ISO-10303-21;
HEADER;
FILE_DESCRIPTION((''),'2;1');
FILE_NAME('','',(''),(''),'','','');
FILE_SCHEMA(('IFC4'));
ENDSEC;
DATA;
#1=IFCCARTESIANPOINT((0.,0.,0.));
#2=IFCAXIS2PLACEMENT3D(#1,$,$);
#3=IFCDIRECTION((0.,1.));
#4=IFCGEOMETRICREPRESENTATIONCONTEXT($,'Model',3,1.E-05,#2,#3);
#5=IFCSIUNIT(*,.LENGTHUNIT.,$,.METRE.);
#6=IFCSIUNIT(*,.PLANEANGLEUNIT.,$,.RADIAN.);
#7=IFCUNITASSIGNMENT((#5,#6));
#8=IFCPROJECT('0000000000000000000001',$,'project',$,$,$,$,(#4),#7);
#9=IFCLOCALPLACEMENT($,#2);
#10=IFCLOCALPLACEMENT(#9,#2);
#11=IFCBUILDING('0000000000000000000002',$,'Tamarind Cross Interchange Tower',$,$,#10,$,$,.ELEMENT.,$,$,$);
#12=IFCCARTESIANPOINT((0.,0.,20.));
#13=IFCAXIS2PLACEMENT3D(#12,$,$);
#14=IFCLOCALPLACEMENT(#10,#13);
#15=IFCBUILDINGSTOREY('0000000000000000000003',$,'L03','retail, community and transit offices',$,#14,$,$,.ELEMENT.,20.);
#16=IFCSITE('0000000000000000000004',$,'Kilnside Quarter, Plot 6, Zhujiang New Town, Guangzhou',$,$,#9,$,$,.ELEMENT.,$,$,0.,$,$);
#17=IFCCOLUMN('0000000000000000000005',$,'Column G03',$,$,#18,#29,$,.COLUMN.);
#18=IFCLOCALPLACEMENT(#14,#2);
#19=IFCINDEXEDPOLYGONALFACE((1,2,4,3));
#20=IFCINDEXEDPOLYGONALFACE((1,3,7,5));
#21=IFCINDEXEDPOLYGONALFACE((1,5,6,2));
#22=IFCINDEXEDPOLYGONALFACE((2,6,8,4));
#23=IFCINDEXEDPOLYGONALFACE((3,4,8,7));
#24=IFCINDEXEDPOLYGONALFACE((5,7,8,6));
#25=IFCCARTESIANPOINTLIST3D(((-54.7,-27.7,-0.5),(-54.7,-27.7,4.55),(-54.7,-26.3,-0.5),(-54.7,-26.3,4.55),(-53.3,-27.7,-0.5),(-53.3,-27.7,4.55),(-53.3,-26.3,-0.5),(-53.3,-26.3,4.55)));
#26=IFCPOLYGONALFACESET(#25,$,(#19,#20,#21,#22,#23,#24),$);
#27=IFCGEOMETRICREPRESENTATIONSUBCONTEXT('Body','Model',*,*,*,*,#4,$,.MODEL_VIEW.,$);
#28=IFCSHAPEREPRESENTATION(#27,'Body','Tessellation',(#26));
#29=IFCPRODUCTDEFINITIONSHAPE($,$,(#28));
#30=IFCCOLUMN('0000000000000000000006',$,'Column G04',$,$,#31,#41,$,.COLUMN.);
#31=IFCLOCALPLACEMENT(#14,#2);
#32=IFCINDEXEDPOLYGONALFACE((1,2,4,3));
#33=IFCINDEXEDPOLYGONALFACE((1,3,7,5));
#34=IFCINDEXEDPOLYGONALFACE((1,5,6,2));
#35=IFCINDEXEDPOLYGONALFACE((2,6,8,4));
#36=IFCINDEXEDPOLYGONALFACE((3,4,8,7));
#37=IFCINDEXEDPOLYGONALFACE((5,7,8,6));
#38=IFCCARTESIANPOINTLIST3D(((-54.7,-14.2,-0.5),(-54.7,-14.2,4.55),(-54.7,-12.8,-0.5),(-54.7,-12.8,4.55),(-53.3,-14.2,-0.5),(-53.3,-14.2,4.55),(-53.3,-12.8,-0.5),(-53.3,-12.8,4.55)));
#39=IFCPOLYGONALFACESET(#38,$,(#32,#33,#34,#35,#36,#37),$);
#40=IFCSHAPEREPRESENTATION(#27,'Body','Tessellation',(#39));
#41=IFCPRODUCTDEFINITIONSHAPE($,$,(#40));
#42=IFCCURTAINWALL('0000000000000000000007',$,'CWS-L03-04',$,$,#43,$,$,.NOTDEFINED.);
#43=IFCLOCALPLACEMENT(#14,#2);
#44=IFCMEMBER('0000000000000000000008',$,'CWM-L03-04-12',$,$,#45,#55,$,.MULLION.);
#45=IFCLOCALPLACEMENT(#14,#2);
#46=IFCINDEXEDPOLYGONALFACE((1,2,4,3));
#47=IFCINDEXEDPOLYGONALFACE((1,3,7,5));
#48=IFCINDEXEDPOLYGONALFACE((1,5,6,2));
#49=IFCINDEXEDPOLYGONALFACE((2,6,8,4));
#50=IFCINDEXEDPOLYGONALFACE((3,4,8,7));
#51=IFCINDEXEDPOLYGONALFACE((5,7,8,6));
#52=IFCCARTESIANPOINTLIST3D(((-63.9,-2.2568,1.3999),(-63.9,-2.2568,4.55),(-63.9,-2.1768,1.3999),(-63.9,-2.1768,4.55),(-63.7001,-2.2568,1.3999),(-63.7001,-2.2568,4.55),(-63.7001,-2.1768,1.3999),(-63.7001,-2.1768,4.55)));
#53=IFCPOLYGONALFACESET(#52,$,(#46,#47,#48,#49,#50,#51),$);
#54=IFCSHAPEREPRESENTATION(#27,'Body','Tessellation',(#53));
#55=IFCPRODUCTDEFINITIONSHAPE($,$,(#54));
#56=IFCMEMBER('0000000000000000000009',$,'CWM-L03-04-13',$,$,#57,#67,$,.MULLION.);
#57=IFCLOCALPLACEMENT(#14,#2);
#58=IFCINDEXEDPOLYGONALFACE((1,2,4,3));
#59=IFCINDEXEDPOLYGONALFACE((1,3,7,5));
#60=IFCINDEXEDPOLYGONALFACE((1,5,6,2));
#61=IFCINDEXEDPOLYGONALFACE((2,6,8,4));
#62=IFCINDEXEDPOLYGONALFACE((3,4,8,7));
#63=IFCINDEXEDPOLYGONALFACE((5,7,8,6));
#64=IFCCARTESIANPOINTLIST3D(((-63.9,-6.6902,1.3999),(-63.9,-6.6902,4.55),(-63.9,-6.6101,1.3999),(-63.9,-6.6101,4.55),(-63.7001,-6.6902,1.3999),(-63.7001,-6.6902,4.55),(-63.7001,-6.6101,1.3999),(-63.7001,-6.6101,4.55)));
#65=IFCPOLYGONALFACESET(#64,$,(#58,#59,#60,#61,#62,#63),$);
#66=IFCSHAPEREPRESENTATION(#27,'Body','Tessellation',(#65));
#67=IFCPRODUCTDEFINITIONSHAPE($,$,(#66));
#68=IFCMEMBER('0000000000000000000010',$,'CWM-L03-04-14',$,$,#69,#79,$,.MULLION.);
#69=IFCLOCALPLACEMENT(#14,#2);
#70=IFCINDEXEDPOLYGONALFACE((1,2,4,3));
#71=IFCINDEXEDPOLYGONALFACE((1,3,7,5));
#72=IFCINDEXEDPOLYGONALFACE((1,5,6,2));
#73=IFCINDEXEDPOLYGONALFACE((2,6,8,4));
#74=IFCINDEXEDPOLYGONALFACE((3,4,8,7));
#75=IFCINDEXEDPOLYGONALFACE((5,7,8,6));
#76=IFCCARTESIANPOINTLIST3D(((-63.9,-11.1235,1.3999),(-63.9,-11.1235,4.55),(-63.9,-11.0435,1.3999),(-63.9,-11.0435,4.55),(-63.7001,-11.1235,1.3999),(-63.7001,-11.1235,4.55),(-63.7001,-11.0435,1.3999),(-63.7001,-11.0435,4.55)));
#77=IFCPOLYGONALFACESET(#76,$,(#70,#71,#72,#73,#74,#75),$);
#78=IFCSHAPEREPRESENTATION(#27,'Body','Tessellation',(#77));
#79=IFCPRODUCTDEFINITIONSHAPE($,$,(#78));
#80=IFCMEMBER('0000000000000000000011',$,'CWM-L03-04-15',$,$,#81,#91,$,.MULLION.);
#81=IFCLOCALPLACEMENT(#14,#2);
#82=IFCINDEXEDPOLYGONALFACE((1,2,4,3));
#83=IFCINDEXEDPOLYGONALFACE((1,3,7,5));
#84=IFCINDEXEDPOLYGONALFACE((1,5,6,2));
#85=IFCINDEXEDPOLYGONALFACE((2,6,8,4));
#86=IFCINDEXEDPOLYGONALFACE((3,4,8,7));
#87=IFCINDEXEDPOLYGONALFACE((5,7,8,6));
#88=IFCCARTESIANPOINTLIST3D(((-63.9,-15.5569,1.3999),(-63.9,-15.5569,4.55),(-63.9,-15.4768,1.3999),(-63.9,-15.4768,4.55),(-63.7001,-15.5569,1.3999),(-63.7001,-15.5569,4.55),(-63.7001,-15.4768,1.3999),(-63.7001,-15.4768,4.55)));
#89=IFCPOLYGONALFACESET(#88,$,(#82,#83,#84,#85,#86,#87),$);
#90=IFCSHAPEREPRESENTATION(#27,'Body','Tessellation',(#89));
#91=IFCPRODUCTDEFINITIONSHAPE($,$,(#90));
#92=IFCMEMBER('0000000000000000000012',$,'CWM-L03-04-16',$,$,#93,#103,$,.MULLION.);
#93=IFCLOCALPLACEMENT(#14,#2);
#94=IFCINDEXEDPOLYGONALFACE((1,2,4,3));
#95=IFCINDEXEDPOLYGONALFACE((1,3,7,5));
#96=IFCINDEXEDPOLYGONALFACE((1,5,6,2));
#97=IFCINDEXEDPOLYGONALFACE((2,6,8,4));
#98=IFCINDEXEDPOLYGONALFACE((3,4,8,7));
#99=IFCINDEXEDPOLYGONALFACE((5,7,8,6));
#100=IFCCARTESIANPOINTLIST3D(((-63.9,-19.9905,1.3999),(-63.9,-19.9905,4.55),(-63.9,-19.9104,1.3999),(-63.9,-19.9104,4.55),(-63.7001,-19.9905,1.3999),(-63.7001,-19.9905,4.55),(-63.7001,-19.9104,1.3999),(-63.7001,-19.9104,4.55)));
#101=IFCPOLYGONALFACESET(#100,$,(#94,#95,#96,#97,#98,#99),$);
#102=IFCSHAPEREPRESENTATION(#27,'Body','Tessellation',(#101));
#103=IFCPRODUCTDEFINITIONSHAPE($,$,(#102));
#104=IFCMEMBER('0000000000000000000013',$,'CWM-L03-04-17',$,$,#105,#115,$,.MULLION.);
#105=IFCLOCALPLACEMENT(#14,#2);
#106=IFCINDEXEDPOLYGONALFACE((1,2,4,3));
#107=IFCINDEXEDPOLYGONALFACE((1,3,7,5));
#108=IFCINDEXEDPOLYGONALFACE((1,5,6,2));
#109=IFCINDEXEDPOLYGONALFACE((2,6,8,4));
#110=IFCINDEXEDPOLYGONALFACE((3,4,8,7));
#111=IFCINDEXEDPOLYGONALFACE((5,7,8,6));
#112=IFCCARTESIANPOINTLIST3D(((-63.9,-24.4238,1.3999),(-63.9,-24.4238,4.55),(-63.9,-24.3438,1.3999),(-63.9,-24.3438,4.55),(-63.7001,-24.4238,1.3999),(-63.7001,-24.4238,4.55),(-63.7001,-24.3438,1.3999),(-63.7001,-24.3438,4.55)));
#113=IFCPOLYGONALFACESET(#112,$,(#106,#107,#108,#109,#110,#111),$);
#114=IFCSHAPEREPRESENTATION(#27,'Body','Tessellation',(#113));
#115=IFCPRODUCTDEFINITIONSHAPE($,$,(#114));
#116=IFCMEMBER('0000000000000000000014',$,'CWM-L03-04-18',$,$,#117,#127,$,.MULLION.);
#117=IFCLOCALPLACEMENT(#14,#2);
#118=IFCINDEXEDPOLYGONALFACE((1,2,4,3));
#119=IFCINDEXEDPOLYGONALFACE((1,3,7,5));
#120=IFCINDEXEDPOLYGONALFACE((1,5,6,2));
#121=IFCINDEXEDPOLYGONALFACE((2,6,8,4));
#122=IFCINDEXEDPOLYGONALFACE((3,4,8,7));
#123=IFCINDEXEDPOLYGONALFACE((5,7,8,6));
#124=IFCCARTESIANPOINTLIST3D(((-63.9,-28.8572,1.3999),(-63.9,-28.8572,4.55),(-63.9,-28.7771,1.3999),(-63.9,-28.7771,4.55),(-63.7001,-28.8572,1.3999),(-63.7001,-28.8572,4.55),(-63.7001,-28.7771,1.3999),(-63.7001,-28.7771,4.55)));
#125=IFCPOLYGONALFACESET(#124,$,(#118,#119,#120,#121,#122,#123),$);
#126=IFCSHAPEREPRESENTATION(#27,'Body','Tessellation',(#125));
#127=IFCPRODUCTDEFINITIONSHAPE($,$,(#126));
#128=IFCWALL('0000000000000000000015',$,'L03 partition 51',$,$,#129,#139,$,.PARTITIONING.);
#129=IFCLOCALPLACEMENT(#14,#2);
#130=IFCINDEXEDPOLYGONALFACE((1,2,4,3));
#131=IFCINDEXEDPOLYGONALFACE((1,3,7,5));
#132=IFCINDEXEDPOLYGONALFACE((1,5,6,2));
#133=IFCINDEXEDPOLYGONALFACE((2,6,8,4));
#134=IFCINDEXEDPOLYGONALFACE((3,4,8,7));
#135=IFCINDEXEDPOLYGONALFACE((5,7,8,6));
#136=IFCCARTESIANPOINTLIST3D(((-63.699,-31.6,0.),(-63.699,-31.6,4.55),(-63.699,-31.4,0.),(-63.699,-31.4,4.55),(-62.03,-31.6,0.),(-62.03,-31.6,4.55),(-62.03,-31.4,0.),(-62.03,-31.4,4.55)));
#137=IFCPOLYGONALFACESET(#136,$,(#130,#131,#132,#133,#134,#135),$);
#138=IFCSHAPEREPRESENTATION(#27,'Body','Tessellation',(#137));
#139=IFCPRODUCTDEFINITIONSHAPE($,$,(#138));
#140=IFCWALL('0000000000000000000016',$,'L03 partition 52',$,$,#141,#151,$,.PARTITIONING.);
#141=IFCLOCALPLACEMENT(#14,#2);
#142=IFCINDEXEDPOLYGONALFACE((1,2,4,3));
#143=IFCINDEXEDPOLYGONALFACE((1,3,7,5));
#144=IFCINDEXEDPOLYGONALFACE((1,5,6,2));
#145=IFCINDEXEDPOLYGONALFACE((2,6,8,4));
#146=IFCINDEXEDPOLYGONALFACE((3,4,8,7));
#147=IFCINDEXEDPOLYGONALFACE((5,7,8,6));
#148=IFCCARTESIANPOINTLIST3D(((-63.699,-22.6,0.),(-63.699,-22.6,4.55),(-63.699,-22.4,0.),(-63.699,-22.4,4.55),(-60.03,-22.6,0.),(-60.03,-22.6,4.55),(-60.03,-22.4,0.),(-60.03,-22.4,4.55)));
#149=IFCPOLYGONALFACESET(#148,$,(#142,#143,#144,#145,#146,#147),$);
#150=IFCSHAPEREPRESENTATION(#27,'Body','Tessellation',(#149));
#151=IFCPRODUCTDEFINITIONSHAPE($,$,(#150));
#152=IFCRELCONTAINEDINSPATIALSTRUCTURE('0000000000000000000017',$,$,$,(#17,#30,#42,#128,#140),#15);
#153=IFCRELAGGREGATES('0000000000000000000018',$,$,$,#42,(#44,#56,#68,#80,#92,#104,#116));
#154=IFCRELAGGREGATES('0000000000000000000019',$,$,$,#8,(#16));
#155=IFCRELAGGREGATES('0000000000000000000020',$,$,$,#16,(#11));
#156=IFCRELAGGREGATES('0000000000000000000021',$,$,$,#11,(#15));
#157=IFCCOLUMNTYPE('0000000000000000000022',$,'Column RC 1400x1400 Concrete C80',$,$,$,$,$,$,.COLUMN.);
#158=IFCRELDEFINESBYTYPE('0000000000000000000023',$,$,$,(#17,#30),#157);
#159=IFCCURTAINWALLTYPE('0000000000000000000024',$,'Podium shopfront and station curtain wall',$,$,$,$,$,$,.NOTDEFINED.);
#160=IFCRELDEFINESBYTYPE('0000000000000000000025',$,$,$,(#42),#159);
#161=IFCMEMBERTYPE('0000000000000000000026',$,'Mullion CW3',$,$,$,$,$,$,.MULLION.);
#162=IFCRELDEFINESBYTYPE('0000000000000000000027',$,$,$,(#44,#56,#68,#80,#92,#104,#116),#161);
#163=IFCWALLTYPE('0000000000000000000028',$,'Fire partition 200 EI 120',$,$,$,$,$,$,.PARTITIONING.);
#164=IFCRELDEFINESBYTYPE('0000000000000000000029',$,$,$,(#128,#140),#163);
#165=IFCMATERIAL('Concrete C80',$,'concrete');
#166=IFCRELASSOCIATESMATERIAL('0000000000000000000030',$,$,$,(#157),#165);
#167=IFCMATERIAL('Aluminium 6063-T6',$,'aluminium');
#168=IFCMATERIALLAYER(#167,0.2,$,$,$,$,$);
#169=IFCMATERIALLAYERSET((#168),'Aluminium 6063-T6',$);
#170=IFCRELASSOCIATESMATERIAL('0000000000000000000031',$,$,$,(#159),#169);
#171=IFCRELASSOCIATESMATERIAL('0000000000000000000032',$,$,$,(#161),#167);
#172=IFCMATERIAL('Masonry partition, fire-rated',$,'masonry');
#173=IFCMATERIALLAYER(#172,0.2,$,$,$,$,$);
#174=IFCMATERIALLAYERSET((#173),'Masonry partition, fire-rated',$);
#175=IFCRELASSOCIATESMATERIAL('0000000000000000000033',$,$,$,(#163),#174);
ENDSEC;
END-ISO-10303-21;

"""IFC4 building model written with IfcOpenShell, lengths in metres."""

from ifc_helpers import new_model, si_unit, direction, frame, frame_2d, origin, origin_2d, place, context, subcontext, project, spatial, rectangle, extrude, material, layer, layer_set, material_profile, profile_set, type_object, element, aggregate, save


model = new_model("IFC4")

# Units and contexts
model_context = context("Model", 3, precision=1e-05, world=origin(), true_north=direction((0.0, 1.0)))
body_context = subcontext(model_context, "Body", "Model", "MODEL_VIEW")
ifc_project = project(units=[si_unit("LENGTHUNIT", "METRE"), si_unit("PLANEANGLEUNIT", "RADIAN")], contexts=[model_context])

# Site, building, storey
site_placement = place(None, origin())
site = spatial("IfcSite", under=ifc_project, at=site_placement, Name="Kilnside Quarter, Plot 6, Zhujiang New Town, Guangzhou", CompositionType="ELEMENT", RefElevation=0.0)
building_placement = place(site_placement, origin())
building = spatial("IfcBuilding", under=site, at=building_placement, Name="Tamarind Cross Interchange Tower", CompositionType="ELEMENT")
storey_placement = place(building_placement, frame((0.0, 0.0, 20.0)))
storey = spatial("IfcBuildingStorey", under=building, at=storey_placement, Name="L03", Description="retail, community and transit offices", CompositionType="ELEMENT", Elevation=20.0)

# Columns
ifc_material_1 = material(Name="Concrete C80", Category="concrete")
ifc_material_profile_1 = material_profile(ifc_material_1, rectangle(XDim=1.3999, YDim=1.3999, at=origin_2d()), Name="RC 1400x1400")
ifc_profile_set_1 = profile_set([ifc_material_profile_1], Name="Concrete C80")
column_type = type_object("IfcColumnType", Name="Column RC 1400x1400 Concrete C80", PredefinedType="COLUMN", material=ifc_profile_set_1)
for number, where, z_axis, x_axis, name in (
    (1, (-54.0, -27.0, -0.5), (0.0, 0.0, 1.0), (1.0, 0.0, 0.0), "Column G03"),
    (2, (-54.0, -13.5, -0.5), (0.0, 0.0, 1.0), (1.0, 0.0, 0.0), "Column G04"),
):
    element("IfcColumn", number, at=place(storey_placement, frame(where, z_axis=z_axis, x_axis=x_axis)), inside=storey, type_object=column_type, Name=name, PredefinedType="COLUMN", context=body_context, shape_type="SweptSolid", body=[
        extrude(rectangle(XDim=1.3999, YDim=1.3999, at=origin_2d()), origin(), (0.0, 0.0, 1.0), 5.05),
    ])

# Curtain wall, members
ifc_material_2 = material(Name="Aluminium 6063-T6", Category="aluminium")
ifc_layer_1 = layer(ifc_material_2, 0.2)
ifc_layer_set_1 = layer_set([ifc_layer_1], Name="Aluminium 6063-T6")
curtain_wall_type = type_object("IfcCurtainWallType", Name="Podium shopfront and station curtain wall", PredefinedType="NOTDEFINED", material=ifc_layer_set_1)
curtain_wall_placement = place(storey_placement, origin())
curtain_wall = element("IfcCurtainWall", 3, at=curtain_wall_placement, inside=storey, type_object=curtain_wall_type, Name="CWS-L03-04", PredefinedType="NOTDEFINED")
ifc_material_profile_2 = material_profile(ifc_material_2, rectangle(XDim=0.0801, YDim=0.2, at=origin_2d()), Name="Mullion CW3")
ifc_profile_set_2 = profile_set([ifc_material_profile_2], Name="Aluminium 6063-T6")
member_type = type_object("IfcMemberType", Name="Mullion CW3", PredefinedType="MULLION", material=ifc_profile_set_2)
member_1_placement = place(storey_placement, frame((-63.8, -2.2168, 1.3999), z_axis=(0.0, 0.0, 1.0), x_axis=(0.0, -1.0, 0.0)))
member_1 = element("IfcMember", 4, at=member_1_placement, type_object=member_type, Name="CWM-L03-04-12", PredefinedType="MULLION", context=body_context, shape_type="SweptSolid", body=[
    extrude(rectangle(XDim=0.0801, YDim=0.2, at=origin_2d()), origin(), (0.0, 0.0, 1.0), 3.1501),
])
member_2_placement = place(storey_placement, frame((-63.8, -6.6501, 1.3999), z_axis=(0.0, 0.0, 1.0), x_axis=(0.0, -1.0, 0.0)))
member_2 = element("IfcMember", 5, at=member_2_placement, type_object=member_type, Name="CWM-L03-04-13", PredefinedType="MULLION", context=body_context, shape_type="SweptSolid", body=[
    extrude(rectangle(XDim=0.0801, YDim=0.2, at=origin_2d()), origin(), (0.0, 0.0, 1.0), 3.1501),
])
member_3_placement = place(storey_placement, frame((-63.8, -11.0835, 1.3999), z_axis=(0.0, 0.0, 1.0), x_axis=(0.0, -1.0, 0.0)))
member_3 = element("IfcMember", 6, at=member_3_placement, type_object=member_type, Name="CWM-L03-04-14", PredefinedType="MULLION", context=body_context, shape_type="SweptSolid", body=[
    extrude(rectangle(XDim=0.0801, YDim=0.2, at=origin_2d()), origin(), (0.0, 0.0, 1.0), 3.1501),
])
member_4_placement = place(storey_placement, frame((-63.8, -15.5168, 1.3999), z_axis=(0.0, 0.0, 1.0), x_axis=(0.0, -1.0, 0.0)))
member_4 = element("IfcMember", 7, at=member_4_placement, type_object=member_type, Name="CWM-L03-04-15", PredefinedType="MULLION", context=body_context, shape_type="SweptSolid", body=[
    extrude(rectangle(XDim=0.0801, YDim=0.2, at=origin_2d()), origin(), (0.0, 0.0, 1.0), 3.1501),
])
member_5_placement = place(storey_placement, frame((-63.8, -19.9504, 1.3999), z_axis=(0.0, 0.0, 1.0), x_axis=(0.0, -1.0, 0.0)))
member_5 = element("IfcMember", 8, at=member_5_placement, type_object=member_type, Name="CWM-L03-04-16", PredefinedType="MULLION", context=body_context, shape_type="SweptSolid", body=[
    extrude(rectangle(XDim=0.0801, YDim=0.2, at=origin_2d()), origin(), (0.0, 0.0, 1.0), 3.1501),
])
member_6_placement = place(storey_placement, frame((-63.8, -24.3838, 1.3999), z_axis=(0.0, 0.0, 1.0), x_axis=(0.0, -1.0, 0.0)))
member_6 = element("IfcMember", 9, at=member_6_placement, type_object=member_type, Name="CWM-L03-04-17", PredefinedType="MULLION", context=body_context, shape_type="SweptSolid", body=[
    extrude(rectangle(XDim=0.0801, YDim=0.2, at=origin_2d()), origin(), (0.0, 0.0, 1.0), 3.1501),
])
member_7_placement = place(storey_placement, frame((-63.8, -28.8171, 1.3999), z_axis=(0.0, 0.0, 1.0), x_axis=(0.0, -1.0, 0.0)))
member_7 = element("IfcMember", 10, at=member_7_placement, type_object=member_type, Name="CWM-L03-04-18", PredefinedType="MULLION", context=body_context, shape_type="SweptSolid", body=[
    extrude(rectangle(XDim=0.0801, YDim=0.2, at=origin_2d()), origin(), (0.0, 0.0, 1.0), 3.1501),
])
aggregate(curtain_wall, [member_1, member_2, member_3, member_4, member_5, member_6, member_7])

# Walls
ifc_material_3 = material(Name="Masonry partition, fire-rated", Category="masonry")
ifc_layer_2 = layer(ifc_material_3, 0.2)
ifc_layer_set_2 = layer_set([ifc_layer_2], Name="Masonry partition, fire-rated")
wall_type_1 = type_object("IfcWallType", Name="Fire partition 200 EI 120", PredefinedType="PARTITIONING", material=ifc_layer_set_2)
wall_1_placement = place(storey_placement, frame((-63.699, -31.5, 0.0), z_axis=(0.0, 0.0, 1.0), x_axis=(1.0, 0.0, 0.0)))
element("IfcWall", 11, at=wall_1_placement, inside=storey, type_object=wall_type_1, Name="L03 partition 51", PredefinedType="PARTITIONING", context=body_context, shape_type="SweptSolid", body=[
    extrude(rectangle(XDim=1.6689, YDim=0.2, at=frame_2d((0.8345, 0.0))), origin(), (0.0, 0.0, 1.0), 4.55),
])
wall_2_placement = place(storey_placement, frame((-63.699, -22.5, 0.0), z_axis=(0.0, 0.0, 1.0), x_axis=(1.0, 0.0, 0.0)))
element("IfcWall", 12, at=wall_2_placement, inside=storey, type_object=wall_type_1, Name="L03 partition 52", PredefinedType="PARTITIONING", context=body_context, shape_type="SweptSolid", body=[
    extrude(rectangle(XDim=3.6689, YDim=0.2, at=frame_2d((1.8345, 0.0))), origin(), (0.0, 0.0, 1.0), 4.55),
])

save(model, "model.ifc")
